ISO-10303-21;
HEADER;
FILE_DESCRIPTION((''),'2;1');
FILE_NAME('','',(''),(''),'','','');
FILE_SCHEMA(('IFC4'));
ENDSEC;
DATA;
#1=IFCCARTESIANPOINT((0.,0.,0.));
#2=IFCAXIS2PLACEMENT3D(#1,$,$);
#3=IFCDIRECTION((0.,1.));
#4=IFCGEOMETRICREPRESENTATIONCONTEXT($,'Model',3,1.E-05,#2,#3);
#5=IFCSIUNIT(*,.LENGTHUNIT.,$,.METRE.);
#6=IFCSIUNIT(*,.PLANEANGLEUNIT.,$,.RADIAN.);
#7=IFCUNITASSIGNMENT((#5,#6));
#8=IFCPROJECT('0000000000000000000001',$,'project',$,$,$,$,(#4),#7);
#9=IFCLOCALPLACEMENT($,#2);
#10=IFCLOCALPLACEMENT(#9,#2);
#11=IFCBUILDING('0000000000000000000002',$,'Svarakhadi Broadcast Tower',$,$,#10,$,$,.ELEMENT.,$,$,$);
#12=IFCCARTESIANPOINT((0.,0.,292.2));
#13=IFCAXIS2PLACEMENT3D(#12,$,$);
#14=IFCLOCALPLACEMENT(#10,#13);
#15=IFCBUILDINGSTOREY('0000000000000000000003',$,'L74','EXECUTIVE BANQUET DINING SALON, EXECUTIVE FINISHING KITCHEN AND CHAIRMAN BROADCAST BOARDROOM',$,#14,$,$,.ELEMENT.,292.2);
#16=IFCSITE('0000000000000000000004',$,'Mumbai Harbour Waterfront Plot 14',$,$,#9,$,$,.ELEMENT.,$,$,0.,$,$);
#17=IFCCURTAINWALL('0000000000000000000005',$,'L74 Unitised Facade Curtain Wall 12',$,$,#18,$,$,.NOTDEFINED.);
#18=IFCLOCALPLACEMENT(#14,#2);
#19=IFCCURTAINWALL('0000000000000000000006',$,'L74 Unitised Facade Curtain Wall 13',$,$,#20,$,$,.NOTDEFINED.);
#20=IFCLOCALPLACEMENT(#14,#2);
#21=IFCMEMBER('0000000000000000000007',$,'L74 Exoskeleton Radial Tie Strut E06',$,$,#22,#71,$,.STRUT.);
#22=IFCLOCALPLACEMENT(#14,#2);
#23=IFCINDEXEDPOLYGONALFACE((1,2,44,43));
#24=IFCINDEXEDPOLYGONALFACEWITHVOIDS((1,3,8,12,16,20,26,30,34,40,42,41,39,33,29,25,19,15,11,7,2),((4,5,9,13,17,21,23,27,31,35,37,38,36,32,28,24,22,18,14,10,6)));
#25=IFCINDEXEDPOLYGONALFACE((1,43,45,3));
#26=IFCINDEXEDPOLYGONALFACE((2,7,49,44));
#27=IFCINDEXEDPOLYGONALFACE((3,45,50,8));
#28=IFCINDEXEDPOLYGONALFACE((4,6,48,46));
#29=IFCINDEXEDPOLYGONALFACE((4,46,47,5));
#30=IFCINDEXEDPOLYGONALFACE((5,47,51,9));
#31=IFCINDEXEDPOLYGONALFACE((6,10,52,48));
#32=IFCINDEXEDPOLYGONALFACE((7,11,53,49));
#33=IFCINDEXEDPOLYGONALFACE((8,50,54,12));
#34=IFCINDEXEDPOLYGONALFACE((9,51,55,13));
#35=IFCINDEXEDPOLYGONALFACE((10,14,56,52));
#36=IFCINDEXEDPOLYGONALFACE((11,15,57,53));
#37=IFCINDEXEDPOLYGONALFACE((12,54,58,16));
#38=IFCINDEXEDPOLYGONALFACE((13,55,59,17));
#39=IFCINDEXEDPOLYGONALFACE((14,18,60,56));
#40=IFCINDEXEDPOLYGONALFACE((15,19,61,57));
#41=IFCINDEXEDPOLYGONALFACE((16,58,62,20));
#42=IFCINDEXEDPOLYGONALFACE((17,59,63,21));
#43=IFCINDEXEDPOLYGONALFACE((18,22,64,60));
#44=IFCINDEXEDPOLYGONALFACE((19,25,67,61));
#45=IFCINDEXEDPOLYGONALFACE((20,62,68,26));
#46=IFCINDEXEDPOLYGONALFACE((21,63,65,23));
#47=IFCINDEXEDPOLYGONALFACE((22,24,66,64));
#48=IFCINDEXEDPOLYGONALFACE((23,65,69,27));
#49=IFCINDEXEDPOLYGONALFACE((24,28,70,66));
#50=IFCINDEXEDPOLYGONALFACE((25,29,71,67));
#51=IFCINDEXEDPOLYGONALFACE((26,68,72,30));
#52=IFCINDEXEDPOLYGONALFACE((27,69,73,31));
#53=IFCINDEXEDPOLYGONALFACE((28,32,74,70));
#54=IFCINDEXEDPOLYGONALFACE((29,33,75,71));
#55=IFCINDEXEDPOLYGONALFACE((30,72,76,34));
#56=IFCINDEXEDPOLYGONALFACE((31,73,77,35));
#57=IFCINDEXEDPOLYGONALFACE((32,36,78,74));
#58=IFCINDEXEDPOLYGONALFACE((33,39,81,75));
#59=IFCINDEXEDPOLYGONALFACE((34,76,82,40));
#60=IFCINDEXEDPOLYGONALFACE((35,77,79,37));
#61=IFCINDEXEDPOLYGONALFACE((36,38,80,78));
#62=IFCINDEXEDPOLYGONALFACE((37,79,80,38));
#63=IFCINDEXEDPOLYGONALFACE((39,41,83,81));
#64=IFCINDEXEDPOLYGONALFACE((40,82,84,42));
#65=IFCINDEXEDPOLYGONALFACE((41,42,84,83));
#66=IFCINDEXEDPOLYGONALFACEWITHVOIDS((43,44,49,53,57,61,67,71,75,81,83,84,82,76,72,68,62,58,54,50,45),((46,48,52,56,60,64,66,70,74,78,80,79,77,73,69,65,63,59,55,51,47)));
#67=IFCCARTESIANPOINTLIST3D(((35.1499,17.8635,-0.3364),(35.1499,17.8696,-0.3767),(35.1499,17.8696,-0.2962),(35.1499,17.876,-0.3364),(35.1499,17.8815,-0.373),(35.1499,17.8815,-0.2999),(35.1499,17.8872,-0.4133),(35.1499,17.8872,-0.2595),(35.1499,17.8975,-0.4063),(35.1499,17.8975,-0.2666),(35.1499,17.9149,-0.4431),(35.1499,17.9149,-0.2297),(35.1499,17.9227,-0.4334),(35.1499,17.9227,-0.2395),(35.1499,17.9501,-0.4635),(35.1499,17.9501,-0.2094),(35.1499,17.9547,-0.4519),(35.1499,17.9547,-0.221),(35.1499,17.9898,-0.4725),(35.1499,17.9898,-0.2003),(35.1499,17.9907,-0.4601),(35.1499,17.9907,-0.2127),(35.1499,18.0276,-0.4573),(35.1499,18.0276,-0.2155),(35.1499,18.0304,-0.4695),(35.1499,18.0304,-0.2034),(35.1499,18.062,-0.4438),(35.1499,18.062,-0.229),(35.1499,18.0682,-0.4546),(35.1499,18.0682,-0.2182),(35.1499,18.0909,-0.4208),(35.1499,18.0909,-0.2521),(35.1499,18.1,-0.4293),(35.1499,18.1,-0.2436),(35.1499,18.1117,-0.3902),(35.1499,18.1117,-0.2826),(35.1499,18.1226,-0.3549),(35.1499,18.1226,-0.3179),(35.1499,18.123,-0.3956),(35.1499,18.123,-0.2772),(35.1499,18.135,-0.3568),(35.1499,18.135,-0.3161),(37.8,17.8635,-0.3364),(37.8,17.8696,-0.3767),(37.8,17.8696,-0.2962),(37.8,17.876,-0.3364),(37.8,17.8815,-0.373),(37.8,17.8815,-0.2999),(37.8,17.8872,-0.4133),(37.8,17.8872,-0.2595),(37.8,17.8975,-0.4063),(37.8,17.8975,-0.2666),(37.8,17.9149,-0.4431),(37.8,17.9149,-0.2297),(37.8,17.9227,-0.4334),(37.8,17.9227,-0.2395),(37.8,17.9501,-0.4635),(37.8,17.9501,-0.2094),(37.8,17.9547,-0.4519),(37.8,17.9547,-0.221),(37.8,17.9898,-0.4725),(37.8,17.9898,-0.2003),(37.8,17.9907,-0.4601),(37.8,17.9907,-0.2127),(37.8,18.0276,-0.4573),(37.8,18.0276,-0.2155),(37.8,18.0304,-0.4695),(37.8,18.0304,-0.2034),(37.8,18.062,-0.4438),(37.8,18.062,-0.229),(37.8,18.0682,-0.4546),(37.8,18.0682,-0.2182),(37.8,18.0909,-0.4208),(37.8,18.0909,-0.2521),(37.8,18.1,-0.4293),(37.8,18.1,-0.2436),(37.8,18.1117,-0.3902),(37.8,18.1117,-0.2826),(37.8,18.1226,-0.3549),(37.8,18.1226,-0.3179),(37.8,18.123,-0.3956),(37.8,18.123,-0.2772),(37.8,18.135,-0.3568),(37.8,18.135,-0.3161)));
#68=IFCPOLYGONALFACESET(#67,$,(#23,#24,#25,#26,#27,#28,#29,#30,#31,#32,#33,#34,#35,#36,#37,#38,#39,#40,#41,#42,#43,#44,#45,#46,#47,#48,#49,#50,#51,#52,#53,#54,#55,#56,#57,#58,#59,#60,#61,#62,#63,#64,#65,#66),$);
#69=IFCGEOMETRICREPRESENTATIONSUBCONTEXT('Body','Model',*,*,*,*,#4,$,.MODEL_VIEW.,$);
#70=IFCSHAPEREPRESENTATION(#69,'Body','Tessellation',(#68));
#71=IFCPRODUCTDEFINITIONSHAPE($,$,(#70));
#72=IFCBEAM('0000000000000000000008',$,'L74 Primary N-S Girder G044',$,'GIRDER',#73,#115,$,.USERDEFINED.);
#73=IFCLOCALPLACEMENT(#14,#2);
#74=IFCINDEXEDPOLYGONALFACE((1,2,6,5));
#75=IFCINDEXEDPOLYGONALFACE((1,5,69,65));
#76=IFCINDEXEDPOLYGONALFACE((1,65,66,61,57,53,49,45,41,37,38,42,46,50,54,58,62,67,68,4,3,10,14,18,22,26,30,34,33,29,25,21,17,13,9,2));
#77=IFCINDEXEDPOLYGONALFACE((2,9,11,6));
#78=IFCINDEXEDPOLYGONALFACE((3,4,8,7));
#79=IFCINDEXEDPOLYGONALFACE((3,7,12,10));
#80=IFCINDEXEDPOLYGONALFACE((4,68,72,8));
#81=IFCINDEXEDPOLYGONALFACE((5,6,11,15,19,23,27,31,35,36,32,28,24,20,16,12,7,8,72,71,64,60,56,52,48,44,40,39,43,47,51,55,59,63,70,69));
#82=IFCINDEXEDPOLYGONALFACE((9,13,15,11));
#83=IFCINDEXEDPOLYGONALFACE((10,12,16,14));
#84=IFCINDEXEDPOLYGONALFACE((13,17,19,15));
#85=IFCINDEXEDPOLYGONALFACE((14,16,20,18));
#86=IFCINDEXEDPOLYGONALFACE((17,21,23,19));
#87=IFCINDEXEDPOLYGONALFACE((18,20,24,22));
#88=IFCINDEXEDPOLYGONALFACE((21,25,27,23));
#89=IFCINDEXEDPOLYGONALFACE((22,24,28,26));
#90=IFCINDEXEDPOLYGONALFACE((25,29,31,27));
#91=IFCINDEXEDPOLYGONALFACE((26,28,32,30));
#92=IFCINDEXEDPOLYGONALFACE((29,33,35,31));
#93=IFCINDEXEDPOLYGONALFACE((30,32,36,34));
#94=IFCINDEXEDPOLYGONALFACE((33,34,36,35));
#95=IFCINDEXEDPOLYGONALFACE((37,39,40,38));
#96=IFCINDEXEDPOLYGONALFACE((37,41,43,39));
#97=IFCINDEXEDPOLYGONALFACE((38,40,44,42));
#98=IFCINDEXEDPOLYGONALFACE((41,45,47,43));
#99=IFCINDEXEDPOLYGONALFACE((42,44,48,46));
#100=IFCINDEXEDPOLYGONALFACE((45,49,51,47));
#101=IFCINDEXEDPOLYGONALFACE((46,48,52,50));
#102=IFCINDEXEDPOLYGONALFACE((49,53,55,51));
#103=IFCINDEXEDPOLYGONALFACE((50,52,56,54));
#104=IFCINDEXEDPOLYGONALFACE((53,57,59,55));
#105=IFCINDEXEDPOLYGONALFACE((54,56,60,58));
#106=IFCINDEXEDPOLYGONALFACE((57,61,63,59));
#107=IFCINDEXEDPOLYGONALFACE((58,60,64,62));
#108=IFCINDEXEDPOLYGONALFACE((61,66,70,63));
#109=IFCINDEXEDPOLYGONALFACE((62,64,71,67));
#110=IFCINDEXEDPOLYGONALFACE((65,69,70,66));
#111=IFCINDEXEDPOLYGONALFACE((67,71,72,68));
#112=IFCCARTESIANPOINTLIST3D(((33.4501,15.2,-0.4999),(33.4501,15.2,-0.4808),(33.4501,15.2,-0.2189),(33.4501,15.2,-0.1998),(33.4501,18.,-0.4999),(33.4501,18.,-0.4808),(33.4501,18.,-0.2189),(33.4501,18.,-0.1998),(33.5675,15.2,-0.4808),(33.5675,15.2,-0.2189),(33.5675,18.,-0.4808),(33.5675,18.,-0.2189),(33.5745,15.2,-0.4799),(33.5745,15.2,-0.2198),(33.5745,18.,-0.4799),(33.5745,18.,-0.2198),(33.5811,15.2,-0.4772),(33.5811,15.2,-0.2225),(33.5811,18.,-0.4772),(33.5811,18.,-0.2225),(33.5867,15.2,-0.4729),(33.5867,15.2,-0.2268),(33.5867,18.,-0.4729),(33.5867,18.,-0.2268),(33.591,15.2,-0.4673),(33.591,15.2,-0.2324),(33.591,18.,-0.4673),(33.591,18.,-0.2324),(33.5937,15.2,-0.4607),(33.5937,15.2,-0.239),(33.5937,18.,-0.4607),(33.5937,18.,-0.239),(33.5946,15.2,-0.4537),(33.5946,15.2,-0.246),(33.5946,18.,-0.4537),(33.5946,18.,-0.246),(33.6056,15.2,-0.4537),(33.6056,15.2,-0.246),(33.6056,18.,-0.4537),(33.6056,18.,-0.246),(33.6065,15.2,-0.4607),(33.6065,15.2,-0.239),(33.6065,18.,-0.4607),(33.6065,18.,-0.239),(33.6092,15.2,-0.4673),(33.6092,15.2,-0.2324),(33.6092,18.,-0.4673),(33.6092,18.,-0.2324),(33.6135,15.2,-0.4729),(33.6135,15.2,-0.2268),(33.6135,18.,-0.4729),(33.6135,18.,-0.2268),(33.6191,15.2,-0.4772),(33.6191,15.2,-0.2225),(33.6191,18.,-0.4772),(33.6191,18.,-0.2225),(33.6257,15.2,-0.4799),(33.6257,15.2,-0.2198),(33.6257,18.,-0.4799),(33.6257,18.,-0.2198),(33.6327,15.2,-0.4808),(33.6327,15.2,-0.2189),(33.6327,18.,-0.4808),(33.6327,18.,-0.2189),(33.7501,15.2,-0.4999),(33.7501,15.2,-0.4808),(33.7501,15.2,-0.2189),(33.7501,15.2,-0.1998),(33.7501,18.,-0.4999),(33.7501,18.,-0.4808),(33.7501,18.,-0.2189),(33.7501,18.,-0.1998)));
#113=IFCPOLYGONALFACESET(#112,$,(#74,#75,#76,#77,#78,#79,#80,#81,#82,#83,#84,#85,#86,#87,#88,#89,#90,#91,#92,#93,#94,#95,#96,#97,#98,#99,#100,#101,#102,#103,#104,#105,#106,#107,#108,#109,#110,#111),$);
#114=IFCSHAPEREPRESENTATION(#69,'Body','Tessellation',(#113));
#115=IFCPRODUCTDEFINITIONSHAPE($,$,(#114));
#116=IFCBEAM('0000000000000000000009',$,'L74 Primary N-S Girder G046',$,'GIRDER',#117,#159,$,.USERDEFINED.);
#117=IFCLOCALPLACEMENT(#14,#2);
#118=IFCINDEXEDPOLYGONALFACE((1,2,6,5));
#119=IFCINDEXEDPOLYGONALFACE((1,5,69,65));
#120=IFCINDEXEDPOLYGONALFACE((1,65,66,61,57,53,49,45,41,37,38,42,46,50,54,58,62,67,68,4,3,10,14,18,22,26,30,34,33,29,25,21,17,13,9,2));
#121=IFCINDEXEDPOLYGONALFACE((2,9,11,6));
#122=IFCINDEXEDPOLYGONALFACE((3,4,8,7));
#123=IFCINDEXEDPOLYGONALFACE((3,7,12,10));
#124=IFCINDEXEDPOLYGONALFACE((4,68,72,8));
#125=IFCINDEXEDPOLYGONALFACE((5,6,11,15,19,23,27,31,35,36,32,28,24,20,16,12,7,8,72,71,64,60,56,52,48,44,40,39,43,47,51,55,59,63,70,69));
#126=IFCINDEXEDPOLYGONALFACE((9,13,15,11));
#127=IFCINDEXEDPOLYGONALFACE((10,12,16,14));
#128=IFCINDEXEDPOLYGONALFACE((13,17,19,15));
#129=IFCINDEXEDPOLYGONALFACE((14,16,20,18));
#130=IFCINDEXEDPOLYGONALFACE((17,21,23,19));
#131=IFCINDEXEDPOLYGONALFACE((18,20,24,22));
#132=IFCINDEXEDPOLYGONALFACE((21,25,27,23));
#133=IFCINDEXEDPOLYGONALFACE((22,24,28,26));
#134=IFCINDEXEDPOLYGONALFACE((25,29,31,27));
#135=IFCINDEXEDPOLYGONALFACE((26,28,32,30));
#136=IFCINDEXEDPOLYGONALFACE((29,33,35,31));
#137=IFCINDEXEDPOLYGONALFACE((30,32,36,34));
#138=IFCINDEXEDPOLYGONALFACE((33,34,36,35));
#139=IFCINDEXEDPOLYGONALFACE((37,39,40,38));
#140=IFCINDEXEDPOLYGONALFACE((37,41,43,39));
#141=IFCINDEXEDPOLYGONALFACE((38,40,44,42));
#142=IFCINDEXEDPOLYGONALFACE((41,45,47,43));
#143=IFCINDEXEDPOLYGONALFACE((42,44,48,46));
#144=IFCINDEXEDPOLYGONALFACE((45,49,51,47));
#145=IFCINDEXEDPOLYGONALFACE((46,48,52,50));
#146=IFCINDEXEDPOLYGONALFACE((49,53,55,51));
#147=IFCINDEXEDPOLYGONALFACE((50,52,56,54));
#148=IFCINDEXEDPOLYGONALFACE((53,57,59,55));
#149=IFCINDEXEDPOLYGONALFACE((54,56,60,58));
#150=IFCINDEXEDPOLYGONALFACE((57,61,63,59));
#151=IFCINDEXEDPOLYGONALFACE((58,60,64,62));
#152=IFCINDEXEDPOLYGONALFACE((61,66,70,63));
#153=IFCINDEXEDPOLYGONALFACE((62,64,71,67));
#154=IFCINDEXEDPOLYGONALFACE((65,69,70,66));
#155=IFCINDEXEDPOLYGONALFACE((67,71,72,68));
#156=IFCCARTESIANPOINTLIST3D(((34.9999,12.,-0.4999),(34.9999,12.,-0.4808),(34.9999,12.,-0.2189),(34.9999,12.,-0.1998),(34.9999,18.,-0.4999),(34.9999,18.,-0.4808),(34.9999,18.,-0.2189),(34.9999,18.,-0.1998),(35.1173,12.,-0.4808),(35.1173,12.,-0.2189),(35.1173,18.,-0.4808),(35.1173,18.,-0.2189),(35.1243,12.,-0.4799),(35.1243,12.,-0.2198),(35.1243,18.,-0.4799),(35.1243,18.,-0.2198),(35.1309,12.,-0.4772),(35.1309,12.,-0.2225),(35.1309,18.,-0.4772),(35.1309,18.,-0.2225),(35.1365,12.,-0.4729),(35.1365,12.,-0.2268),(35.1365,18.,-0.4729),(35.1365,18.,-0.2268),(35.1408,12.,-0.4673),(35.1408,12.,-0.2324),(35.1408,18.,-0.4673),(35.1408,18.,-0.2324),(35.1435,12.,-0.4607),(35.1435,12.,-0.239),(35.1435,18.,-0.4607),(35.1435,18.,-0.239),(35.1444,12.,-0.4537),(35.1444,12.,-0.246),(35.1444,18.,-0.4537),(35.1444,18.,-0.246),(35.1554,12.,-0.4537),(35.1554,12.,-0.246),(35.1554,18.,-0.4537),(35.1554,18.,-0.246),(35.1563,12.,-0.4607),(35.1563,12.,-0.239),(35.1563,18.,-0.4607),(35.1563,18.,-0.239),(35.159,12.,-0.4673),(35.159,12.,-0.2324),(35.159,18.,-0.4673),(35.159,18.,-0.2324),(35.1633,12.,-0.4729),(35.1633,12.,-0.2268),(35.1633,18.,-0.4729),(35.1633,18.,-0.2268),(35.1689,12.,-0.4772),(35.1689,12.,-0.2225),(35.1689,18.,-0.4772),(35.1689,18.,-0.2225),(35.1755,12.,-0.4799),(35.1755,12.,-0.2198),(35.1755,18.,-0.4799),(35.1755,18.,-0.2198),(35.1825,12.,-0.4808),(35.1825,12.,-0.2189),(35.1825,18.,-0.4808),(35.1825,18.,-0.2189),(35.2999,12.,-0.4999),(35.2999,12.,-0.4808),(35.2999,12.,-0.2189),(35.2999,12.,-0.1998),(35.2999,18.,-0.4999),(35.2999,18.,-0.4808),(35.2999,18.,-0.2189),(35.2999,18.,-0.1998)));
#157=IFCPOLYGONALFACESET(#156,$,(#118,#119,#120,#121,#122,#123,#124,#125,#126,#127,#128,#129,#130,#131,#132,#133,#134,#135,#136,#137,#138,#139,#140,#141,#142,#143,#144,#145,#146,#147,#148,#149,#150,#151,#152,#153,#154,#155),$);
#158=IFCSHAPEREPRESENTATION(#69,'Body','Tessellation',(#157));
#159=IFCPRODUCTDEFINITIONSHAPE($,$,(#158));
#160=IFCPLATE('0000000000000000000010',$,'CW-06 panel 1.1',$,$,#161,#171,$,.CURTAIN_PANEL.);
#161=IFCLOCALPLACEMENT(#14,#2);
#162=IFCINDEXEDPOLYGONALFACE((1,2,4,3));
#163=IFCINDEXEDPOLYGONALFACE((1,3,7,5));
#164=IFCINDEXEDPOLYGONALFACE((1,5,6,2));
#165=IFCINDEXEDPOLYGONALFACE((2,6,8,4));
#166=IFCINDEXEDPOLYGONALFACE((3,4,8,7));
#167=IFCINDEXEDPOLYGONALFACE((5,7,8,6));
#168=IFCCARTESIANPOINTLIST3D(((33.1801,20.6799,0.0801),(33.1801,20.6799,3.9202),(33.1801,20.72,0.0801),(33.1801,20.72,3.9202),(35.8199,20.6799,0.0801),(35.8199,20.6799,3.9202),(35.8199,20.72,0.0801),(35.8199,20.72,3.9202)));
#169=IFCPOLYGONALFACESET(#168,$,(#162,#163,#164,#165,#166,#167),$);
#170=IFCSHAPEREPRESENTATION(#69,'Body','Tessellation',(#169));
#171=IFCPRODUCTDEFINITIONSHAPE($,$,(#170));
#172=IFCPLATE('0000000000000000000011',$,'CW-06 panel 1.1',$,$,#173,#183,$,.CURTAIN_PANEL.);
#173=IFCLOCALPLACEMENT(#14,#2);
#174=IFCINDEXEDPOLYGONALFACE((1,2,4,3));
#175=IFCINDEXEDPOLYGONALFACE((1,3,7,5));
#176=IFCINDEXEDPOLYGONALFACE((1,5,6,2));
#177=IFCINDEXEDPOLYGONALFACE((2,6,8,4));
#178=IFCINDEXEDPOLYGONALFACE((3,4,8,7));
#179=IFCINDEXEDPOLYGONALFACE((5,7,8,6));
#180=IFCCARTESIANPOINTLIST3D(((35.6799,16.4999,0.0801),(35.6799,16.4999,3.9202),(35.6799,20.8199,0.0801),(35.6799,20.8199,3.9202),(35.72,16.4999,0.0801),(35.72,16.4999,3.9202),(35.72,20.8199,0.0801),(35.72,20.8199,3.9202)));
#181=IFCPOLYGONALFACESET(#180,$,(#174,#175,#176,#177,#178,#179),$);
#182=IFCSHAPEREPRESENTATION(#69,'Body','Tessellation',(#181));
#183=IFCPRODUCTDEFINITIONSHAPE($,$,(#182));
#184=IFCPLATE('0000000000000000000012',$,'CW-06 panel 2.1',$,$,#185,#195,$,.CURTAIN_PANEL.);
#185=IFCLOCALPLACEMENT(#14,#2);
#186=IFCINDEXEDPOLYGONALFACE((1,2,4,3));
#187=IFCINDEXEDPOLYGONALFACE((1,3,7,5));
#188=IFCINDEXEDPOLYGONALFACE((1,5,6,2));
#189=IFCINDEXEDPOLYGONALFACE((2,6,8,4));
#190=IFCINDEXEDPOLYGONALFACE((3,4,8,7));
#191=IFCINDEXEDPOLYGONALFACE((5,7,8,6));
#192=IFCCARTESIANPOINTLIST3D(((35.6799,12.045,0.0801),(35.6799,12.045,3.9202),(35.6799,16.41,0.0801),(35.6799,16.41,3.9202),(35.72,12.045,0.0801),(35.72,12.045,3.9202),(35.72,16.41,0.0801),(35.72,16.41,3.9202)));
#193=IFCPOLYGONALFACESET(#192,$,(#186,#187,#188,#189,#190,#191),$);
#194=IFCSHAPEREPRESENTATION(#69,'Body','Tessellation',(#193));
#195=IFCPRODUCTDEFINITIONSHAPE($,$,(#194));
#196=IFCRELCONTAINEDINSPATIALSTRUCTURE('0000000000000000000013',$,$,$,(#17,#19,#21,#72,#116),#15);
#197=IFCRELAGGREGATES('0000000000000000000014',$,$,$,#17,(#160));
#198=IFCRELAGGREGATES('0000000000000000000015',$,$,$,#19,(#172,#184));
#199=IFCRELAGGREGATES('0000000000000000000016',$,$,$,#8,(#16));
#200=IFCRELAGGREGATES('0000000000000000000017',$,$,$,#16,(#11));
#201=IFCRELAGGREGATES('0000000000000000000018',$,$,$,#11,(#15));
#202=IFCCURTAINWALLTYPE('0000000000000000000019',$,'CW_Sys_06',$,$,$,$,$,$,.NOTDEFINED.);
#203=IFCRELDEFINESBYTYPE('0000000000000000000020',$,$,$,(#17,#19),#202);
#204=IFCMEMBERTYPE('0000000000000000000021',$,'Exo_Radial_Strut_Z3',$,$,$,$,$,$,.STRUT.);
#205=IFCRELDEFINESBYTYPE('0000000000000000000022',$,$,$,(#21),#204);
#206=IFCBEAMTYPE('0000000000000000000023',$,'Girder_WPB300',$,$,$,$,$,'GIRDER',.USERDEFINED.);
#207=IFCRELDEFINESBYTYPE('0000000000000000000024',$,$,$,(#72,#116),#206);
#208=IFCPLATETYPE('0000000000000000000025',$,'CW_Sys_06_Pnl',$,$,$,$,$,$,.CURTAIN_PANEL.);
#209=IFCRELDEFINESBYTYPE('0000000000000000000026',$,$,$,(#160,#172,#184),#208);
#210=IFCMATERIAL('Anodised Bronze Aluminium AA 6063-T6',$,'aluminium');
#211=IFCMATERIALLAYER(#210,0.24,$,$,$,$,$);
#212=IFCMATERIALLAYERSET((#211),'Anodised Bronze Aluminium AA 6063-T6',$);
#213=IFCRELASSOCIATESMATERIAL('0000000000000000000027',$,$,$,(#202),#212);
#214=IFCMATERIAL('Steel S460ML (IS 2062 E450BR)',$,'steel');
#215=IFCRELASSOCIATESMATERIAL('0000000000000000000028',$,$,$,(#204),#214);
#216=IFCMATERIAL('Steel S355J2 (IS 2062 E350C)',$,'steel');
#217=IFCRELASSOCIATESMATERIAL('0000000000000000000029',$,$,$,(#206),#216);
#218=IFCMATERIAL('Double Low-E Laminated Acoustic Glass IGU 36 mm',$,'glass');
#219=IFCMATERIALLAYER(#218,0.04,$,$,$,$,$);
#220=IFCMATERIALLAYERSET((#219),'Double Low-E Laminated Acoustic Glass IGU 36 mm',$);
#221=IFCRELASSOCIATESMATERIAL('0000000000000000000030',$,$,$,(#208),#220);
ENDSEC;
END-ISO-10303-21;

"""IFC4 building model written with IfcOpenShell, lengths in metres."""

from ifc_helpers import new_model, si_unit, direction, frame, origin, origin_2d, place, context, subcontext, project, spatial, rectangle, hollow_circle, i_section, extrude, material, layer, layer_set, material_profile, profile_set, type_object, element, aggregate, save


model = new_model("IFC4")

# Units and contexts
model_context = context("Model", 3, precision=1e-05, world=origin(), true_north=direction((0.0, 1.0)))
body_context = subcontext(model_context, "Body", "Model", "MODEL_VIEW")
ifc_project = project(units=[si_unit("LENGTHUNIT", "METRE"), si_unit("PLANEANGLEUNIT", "RADIAN")], contexts=[model_context])

# Site, building, storey
site_placement = place(None, origin())
site = spatial("IfcSite", under=ifc_project, at=site_placement, Name="Mumbai Harbour Waterfront Plot 14", CompositionType="ELEMENT", RefElevation=0.0)
building_placement = place(site_placement, origin())
building = spatial("IfcBuilding", under=site, at=building_placement, Name="Svarakhadi Broadcast Tower", CompositionType="ELEMENT")
storey_placement = place(building_placement, frame((0.0, 0.0, 292.2)))
storey = spatial("IfcBuildingStorey", under=building, at=storey_placement, Name="L74", Description="EXECUTIVE BANQUET DINING SALON, EXECUTIVE FINISHING KITCHEN AND CHAIRMAN BROADCAST BOARDROOM", CompositionType="ELEMENT", Elevation=292.2)

# Shared definitions
ifc_material_1 = material(Name="Steel S460ML (IS 2062 E450BR)", Category="steel")

# Curtain wall
ifc_material_2 = material(Name="Anodised Bronze Aluminium AA 6063-T6", Category="aluminium")
ifc_layer_1 = layer(ifc_material_2, 0.24)
ifc_layer_set_1 = layer_set([ifc_layer_1], Name="Anodised Bronze Aluminium AA 6063-T6")
curtain_wall_type = type_object("IfcCurtainWallType", Name="CW_Sys_06", PredefinedType="NOTDEFINED", material=ifc_layer_set_1)
curtain_wall_1_placement = place(storey_placement, origin())
curtain_wall_1 = element("IfcCurtainWall", 1, at=curtain_wall_1_placement, inside=storey, type_object=curtain_wall_type, Name="L74 Unitised Facade Curtain Wall 12", PredefinedType="NOTDEFINED")

# Curtain wall
curtain_wall_2_placement = place(storey_placement, origin())
curtain_wall_2 = element("IfcCurtainWall", 2, at=curtain_wall_2_placement, inside=storey, type_object=curtain_wall_type, Name="L74 Unitised Facade Curtain Wall 13", PredefinedType="NOTDEFINED")

# Member
ifc_material_profile_1 = material_profile(ifc_material_1, hollow_circle(Radius=0.1365, WallThickness=0.0125, at=origin_2d()), Name="CHS 273x12.5")
ifc_profile_set_1 = profile_set([ifc_material_profile_1], Name="Steel S460ML (IS 2062 E450BR)")
member_type_1 = type_object("IfcMemberType", Name="Exo_Radial_Strut_Z3", PredefinedType="STRUT", material=ifc_profile_set_1)
member_1_placement = place(storey_placement, frame((37.8, 18.0, -0.3364), z_axis=(-1.0, 0.0, 0.0), x_axis=(0.0, -1.0, 0.0)))
element("IfcMember", 3, at=member_1_placement, inside=storey, type_object=member_type_1, Name="L74 Exoskeleton Radial Tie Strut E06", PredefinedType="STRUT", context=body_context, shape_type="SweptSolid", body=[
    extrude(hollow_circle(Radius=0.1365, WallThickness=0.0125, at=origin_2d()), origin(), (0.0, 0.0, 1.0), 2.6501),
])

# Beams
ifc_material_3 = material(Name="Steel S355J2 (IS 2062 E350C)", Category="steel")
ifc_material_profile_2 = material_profile(ifc_material_3, i_section(OverallWidth=0.3, OverallDepth=0.3, WebThickness=0.011, FlangeThickness=0.019, FilletRadius=0.0271, at=origin_2d()), Name="WPB 300x300x117")
ifc_profile_set_2 = profile_set([ifc_material_profile_2], Name="Steel S355J2 (IS 2062 E350C)")
beam_type = type_object("IfcBeamType", Name="Girder_WPB300", ElementType="GIRDER", PredefinedType="USERDEFINED", material=ifc_profile_set_2)
beam_1_placement = place(storey_placement, frame((33.6001, 15.2, -0.3499), z_axis=(0.0, 1.0, 0.0), x_axis=(-1.0, 0.0, 0.0)))
element("IfcBeam", 4, at=beam_1_placement, inside=storey, type_object=beam_type, Name="L74 Primary N-S Girder G044", ObjectType="GIRDER", PredefinedType="USERDEFINED", context=body_context, shape_type="SweptSolid", body=[
    extrude(i_section(OverallWidth=0.3, OverallDepth=0.3, WebThickness=0.011, FlangeThickness=0.019, FilletRadius=0.0271, at=origin_2d()), origin(), (0.0, 0.0, 1.0), 2.8),
])
beam_2_placement = place(storey_placement, frame((35.1499, 12.0, -0.3499), z_axis=(0.0, 1.0, 0.0), x_axis=(-1.0, 0.0, 0.0)))
element("IfcBeam", 5, at=beam_2_placement, inside=storey, type_object=beam_type, Name="L74 Primary N-S Girder G046", ObjectType="GIRDER", PredefinedType="USERDEFINED", context=body_context, shape_type="SweptSolid", body=[
    extrude(i_section(OverallWidth=0.3, OverallDepth=0.3, WebThickness=0.011, FlangeThickness=0.019, FilletRadius=0.0271, at=origin_2d()), origin(), (0.0, 0.0, 1.0), 6.0),
])

# Plates
ifc_material_4 = material(Name="Double Low-E Laminated Acoustic Glass IGU 36 mm", Category="glass")
ifc_layer_2 = layer(ifc_material_4, 0.04)
ifc_layer_set_2 = layer_set([ifc_layer_2], Name="Double Low-E Laminated Acoustic Glass IGU 36 mm")
plate_type_1 = type_object("IfcPlateType", Name="CW_Sys_06_Pnl", PredefinedType="CURTAIN_PANEL", material=ifc_layer_set_2)
plate_1_placement = place(storey_placement, frame((34.5, 20.7, 0.0801), z_axis=(0.0, 0.0, 1.0), x_axis=(1.0, 0.0, 0.0)))
plate_1 = element("IfcPlate", 6, at=plate_1_placement, type_object=plate_type_1, Name="CW-06 panel 1.1", PredefinedType="CURTAIN_PANEL", context=body_context, shape_type="SweptSolid", body=[
    extrude(rectangle(XDim=2.6399, YDim=0.04, at=origin_2d()), origin(), (0.0, 0.0, 1.0), 3.8401),
])
aggregate(curtain_wall_1, [plate_1])
plate_2_placement = place(storey_placement, frame((35.7, 18.6599, 0.0801), z_axis=(0.0, 0.0, 1.0), x_axis=(0.0, -1.0, 0.0)))
plate_2 = element("IfcPlate", 7, at=plate_2_placement, type_object=plate_type_1, Name="CW-06 panel 1.1", PredefinedType="CURTAIN_PANEL", context=body_context, shape_type="SweptSolid", body=[
    extrude(rectangle(XDim=4.3201, YDim=0.04, at=origin_2d()), origin(), (0.0, 0.0, 1.0), 3.8401),
])
plate_3_placement = place(storey_placement, frame((35.7, 14.2275, 0.0801), z_axis=(0.0, 0.0, 1.0), x_axis=(0.0, -1.0, 0.0)))
plate_3 = element("IfcPlate", 8, at=plate_3_placement, type_object=plate_type_1, Name="CW-06 panel 2.1", PredefinedType="CURTAIN_PANEL", context=body_context, shape_type="SweptSolid", body=[
    extrude(rectangle(XDim=4.365, YDim=0.04, at=origin_2d()), origin(), (0.0, 0.0, 1.0), 3.8401),
])
aggregate(curtain_wall_2, [plate_2, plate_3])

save(model, "model.ifc")
